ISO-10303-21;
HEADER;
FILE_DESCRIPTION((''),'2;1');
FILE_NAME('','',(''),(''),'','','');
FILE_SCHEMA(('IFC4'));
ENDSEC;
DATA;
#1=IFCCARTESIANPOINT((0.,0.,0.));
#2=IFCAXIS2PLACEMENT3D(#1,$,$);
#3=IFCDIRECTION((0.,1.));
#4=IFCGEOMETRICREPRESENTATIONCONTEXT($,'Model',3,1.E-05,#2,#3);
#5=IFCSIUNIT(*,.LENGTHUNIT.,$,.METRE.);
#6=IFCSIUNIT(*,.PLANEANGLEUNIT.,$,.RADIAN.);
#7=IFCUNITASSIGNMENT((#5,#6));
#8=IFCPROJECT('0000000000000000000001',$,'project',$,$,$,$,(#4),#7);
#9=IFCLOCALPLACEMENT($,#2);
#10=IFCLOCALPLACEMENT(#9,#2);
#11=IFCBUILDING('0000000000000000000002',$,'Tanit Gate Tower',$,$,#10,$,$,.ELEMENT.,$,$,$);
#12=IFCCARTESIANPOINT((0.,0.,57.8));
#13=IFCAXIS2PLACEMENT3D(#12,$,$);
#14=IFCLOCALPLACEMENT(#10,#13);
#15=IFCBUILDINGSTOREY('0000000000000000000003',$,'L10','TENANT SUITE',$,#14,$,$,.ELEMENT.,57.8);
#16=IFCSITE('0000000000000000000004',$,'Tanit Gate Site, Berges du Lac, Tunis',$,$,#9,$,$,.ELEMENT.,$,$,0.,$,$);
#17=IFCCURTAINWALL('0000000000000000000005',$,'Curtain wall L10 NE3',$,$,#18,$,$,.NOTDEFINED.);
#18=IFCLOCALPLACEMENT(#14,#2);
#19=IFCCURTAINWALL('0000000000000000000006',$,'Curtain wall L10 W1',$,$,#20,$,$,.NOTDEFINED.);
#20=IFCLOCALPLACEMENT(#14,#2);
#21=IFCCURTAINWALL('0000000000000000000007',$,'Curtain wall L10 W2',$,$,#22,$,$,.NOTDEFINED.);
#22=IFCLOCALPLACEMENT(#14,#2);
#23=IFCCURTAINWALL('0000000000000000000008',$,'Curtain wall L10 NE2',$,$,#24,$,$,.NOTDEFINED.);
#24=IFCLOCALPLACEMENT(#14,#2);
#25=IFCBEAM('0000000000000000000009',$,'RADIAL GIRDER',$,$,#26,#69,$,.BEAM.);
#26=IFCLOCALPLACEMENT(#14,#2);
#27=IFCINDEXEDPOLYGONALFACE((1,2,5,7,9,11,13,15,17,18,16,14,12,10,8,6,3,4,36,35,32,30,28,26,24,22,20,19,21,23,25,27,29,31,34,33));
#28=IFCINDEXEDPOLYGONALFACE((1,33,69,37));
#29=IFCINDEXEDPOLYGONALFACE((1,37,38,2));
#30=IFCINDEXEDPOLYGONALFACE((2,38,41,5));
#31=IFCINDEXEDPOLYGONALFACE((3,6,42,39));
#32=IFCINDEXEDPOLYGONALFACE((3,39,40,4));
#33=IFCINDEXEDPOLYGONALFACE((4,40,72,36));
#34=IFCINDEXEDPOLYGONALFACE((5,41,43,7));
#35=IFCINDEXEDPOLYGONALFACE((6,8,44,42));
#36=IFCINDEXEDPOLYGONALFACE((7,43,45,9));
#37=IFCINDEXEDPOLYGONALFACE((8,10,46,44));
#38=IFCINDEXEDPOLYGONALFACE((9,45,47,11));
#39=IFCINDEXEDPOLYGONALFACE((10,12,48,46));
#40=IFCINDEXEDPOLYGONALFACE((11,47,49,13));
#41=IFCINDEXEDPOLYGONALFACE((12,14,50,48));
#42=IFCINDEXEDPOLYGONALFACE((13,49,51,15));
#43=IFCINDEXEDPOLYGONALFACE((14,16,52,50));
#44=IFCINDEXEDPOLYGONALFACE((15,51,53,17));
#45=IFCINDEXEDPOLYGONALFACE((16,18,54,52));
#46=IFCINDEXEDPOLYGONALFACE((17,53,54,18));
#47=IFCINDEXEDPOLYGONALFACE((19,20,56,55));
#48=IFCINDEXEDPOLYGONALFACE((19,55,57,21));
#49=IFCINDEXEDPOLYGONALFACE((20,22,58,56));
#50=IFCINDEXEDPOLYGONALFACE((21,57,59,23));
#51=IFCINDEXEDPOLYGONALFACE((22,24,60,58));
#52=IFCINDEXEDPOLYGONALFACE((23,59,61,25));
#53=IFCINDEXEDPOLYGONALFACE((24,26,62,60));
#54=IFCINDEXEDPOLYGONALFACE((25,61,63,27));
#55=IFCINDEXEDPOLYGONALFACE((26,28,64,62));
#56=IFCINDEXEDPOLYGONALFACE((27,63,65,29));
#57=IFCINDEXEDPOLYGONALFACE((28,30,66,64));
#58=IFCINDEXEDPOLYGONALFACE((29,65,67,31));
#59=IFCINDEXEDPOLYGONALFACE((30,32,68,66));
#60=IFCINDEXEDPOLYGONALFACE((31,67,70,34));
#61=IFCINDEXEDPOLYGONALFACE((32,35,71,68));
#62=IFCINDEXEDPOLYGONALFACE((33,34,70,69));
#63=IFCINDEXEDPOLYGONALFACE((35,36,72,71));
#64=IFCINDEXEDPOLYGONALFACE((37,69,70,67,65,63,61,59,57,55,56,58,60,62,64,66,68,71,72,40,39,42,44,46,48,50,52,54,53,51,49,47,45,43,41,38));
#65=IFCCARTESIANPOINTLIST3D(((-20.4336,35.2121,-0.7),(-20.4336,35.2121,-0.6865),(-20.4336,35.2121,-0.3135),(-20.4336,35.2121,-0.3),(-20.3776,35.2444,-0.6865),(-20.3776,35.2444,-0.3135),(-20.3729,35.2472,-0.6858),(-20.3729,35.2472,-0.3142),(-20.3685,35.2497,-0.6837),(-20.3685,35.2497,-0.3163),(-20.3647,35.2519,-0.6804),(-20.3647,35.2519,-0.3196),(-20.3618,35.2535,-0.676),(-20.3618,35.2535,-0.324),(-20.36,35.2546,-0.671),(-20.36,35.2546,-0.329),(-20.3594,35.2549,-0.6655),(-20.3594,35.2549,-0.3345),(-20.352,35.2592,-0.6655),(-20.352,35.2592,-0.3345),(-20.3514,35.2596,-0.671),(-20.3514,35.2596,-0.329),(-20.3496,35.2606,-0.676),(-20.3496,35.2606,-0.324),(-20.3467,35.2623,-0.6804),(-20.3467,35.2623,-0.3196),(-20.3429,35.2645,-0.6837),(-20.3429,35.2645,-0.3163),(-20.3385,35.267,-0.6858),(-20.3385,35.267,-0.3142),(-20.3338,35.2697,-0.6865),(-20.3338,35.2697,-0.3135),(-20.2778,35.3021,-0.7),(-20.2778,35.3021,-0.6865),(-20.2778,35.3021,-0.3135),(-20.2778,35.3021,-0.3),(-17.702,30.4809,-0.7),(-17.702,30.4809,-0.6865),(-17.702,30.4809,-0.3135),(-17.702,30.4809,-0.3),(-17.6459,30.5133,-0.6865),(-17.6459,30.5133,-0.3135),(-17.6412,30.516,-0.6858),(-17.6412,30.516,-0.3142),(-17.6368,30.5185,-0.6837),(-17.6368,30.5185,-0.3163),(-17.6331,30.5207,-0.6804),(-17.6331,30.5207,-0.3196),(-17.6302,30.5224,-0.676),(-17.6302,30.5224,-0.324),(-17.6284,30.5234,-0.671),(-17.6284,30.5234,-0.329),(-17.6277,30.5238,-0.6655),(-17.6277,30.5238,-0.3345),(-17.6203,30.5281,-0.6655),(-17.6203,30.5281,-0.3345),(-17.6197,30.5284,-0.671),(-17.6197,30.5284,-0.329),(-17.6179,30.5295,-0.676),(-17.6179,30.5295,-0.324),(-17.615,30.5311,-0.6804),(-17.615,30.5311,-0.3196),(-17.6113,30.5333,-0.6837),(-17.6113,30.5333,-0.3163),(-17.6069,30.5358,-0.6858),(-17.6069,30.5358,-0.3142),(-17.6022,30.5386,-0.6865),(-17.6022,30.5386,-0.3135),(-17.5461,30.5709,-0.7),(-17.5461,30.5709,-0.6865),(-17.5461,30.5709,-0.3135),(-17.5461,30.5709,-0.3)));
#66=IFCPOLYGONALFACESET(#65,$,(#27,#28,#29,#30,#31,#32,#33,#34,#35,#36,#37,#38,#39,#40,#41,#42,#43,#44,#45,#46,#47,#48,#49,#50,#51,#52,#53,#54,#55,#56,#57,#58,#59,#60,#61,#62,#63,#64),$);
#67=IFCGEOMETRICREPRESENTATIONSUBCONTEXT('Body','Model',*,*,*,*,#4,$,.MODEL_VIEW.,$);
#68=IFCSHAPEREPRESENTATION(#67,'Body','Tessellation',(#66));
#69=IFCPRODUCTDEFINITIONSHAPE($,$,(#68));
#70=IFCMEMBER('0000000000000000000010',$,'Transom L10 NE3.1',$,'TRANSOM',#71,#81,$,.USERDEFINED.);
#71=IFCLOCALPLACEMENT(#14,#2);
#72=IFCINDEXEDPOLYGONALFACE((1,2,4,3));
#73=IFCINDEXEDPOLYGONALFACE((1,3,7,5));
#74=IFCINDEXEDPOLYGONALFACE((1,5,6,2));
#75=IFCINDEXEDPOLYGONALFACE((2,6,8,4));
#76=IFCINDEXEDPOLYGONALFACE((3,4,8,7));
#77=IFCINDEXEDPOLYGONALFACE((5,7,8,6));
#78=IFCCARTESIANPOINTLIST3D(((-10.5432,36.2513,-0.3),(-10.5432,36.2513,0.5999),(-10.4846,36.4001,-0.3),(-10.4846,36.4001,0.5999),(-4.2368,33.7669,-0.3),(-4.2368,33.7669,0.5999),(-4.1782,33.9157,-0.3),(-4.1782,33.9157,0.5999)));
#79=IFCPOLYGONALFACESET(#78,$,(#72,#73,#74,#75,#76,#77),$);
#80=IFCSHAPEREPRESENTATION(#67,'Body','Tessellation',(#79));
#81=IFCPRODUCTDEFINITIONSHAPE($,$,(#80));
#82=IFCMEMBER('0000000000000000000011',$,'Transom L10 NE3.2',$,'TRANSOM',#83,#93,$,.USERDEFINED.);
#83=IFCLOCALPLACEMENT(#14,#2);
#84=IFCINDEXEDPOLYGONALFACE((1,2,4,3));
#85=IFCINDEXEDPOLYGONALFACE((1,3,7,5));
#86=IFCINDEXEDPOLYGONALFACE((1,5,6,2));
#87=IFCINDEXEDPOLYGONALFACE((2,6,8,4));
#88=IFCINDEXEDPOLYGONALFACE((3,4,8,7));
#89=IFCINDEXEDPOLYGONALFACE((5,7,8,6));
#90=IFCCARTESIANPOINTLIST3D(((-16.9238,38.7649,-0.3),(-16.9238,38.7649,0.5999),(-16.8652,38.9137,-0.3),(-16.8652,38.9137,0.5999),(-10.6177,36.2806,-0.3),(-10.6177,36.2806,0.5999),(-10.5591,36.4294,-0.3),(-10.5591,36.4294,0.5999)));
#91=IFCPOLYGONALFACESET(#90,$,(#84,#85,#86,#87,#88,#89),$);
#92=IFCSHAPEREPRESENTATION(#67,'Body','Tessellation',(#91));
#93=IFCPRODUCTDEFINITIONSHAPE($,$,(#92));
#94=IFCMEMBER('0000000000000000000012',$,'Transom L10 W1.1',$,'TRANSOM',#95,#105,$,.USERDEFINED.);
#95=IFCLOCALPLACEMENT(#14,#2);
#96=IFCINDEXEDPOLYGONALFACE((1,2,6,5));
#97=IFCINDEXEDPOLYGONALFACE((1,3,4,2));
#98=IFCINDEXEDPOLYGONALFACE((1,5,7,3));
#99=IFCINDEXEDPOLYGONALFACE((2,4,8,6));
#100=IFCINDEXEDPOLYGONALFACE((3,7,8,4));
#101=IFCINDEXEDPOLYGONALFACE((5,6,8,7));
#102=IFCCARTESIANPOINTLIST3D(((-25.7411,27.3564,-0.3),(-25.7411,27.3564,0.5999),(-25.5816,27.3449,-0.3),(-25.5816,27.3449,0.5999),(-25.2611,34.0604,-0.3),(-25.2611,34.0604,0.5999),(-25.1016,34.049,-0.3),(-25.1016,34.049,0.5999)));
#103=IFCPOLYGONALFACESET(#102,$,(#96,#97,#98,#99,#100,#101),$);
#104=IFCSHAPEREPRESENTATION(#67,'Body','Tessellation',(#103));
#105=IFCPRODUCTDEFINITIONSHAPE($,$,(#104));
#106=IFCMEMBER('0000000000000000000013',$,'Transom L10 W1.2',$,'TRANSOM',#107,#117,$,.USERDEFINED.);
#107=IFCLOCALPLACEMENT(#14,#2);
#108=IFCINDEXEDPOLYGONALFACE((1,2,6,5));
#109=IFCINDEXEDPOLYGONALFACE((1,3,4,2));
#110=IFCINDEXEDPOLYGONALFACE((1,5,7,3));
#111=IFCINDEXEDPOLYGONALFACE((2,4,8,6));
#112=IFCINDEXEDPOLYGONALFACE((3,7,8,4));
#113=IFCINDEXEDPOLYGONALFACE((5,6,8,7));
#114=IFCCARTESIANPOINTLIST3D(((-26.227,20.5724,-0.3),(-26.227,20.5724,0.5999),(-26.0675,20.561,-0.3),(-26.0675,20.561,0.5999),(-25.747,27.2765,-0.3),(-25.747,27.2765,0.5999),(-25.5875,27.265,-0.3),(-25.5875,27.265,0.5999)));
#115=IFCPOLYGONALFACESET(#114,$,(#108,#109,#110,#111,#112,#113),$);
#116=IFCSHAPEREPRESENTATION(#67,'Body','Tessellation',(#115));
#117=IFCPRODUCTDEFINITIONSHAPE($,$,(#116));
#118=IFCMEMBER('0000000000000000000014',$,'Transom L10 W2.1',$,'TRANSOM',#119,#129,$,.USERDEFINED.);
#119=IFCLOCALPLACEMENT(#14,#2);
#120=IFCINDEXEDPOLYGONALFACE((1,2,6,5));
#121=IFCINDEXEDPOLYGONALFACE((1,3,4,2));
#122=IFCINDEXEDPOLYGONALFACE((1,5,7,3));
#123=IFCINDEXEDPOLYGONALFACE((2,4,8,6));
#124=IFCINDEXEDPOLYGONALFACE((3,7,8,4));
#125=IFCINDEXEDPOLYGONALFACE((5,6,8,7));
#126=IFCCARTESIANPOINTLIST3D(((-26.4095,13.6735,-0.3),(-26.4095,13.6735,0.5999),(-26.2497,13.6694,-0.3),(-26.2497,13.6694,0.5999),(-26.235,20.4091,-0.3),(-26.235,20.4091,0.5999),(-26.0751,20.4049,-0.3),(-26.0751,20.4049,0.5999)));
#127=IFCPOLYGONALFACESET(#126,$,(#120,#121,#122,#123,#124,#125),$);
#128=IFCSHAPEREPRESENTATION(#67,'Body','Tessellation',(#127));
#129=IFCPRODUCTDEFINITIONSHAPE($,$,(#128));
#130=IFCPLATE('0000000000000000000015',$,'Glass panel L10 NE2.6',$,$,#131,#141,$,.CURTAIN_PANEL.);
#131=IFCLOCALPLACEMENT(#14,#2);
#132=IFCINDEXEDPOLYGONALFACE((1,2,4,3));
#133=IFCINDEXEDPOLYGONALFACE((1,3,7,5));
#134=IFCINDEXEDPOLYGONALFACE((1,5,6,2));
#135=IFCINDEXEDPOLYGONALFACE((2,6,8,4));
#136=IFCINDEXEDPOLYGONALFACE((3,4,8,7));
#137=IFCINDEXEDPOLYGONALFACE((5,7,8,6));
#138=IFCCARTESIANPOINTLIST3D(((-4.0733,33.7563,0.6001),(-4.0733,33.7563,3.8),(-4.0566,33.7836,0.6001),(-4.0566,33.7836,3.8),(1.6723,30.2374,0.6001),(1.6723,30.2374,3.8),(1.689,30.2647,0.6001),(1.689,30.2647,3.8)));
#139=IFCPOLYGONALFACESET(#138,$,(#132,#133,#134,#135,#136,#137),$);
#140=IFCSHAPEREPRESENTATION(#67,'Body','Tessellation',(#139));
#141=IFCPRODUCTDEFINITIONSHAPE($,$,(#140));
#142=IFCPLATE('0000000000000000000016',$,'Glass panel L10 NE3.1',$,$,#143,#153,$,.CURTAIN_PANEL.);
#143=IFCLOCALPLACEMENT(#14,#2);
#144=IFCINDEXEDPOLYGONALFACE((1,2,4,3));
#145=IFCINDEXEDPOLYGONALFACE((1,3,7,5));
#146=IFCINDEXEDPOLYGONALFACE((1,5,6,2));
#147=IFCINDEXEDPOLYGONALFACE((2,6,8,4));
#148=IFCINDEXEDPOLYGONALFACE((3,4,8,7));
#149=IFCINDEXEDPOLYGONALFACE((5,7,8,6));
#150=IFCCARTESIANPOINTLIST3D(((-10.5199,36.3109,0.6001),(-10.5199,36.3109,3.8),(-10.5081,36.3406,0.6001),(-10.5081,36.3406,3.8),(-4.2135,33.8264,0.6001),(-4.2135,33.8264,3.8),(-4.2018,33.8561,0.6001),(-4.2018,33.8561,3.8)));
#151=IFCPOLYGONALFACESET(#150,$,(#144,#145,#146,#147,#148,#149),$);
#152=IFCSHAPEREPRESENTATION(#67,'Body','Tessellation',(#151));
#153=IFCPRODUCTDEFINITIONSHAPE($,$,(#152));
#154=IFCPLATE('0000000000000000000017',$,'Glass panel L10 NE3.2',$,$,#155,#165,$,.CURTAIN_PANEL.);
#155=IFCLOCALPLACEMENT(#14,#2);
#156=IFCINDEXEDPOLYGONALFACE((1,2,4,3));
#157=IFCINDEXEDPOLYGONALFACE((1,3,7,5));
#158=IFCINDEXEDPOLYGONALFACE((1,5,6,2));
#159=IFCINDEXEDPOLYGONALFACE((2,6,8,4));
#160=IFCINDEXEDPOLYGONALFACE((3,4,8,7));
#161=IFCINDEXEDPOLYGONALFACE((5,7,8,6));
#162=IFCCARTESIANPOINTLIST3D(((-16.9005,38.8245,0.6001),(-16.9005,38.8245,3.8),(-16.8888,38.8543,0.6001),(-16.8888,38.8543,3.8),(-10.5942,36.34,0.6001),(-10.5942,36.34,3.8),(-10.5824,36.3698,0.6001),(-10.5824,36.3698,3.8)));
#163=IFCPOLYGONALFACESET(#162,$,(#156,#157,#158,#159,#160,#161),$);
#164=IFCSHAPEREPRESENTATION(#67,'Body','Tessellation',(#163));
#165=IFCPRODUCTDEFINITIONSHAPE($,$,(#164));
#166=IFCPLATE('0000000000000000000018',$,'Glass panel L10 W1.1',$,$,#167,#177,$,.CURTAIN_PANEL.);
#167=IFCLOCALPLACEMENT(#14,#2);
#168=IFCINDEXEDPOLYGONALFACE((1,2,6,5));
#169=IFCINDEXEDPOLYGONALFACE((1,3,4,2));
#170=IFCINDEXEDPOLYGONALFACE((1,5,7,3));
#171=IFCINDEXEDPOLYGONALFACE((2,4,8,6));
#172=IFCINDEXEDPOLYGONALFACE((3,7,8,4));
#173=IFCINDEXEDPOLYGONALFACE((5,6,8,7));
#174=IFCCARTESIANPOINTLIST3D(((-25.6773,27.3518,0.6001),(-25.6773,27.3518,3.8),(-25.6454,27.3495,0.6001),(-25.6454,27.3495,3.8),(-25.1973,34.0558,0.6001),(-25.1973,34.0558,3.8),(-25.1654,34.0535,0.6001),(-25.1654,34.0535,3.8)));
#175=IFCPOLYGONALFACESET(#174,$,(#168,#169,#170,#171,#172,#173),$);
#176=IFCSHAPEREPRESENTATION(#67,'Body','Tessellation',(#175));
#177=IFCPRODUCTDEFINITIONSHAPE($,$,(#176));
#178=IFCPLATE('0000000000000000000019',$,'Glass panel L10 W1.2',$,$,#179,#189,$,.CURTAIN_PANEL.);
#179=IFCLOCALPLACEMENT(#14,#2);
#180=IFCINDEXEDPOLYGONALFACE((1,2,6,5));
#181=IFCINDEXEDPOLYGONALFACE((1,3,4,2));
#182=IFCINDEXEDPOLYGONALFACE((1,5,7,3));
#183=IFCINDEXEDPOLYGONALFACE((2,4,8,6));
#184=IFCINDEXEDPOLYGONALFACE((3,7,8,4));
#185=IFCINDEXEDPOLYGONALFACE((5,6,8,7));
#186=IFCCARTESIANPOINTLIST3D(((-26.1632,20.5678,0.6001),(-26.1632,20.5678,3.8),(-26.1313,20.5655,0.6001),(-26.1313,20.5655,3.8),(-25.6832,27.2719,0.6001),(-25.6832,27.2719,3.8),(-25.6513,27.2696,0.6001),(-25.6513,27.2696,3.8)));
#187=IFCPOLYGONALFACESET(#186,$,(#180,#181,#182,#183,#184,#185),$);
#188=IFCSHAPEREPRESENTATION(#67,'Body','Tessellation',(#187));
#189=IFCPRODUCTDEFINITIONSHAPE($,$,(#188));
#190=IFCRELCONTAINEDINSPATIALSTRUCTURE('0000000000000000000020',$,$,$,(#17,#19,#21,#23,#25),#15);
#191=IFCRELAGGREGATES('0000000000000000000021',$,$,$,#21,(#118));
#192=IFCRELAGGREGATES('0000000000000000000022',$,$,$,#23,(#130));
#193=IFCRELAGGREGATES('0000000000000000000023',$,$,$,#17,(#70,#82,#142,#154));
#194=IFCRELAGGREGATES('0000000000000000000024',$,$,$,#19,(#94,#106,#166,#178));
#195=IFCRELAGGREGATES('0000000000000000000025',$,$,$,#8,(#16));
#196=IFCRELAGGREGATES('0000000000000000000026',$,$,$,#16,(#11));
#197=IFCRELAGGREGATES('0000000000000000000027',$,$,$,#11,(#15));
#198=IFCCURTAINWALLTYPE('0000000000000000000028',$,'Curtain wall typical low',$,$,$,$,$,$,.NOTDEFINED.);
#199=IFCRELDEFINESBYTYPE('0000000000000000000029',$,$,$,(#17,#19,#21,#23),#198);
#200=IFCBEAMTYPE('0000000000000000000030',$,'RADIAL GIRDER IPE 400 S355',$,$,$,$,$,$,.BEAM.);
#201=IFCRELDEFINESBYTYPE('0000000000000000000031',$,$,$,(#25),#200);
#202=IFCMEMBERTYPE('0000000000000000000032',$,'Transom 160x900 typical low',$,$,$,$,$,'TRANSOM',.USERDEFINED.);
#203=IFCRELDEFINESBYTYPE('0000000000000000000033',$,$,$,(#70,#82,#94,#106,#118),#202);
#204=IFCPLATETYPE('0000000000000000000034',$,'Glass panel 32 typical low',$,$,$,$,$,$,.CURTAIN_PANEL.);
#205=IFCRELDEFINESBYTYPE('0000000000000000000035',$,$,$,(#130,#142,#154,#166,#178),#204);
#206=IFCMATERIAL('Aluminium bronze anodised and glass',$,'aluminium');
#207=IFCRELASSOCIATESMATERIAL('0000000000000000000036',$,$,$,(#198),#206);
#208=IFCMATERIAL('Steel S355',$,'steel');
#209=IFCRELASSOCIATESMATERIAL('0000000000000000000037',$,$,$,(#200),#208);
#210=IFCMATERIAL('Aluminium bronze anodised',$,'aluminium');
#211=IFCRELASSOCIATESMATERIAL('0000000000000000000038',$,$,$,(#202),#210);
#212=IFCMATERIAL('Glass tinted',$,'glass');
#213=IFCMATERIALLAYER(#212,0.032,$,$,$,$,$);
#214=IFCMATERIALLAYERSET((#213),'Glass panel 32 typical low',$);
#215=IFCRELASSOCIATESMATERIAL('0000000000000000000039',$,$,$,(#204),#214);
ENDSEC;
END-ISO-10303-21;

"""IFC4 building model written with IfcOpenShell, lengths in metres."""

from ifc_helpers import new_model, si_unit, direction, frame, origin, origin_2d, place, context, subcontext, project, spatial, rectangle, i_section, extrude, material, layer, layer_set, material_profile, profile_set, type_object, element, aggregate, save


model = new_model("IFC4")

# Units and contexts
model_context = context("Model", 3, precision=1e-05, world=origin(), true_north=direction((0.0, 1.0)))
body_context = subcontext(model_context, "Body", "Model", "MODEL_VIEW")
ifc_project = project(units=[si_unit("LENGTHUNIT", "METRE"), si_unit("PLANEANGLEUNIT", "RADIAN")], contexts=[model_context])

# Site, building, storey
site_placement = place(None, origin())
site = spatial("IfcSite", under=ifc_project, at=site_placement, Name="Tanit Gate Site, Berges du Lac, Tunis", CompositionType="ELEMENT", RefElevation=0.0)
building_placement = place(site_placement, origin())
building = spatial("IfcBuilding", under=site, at=building_placement, Name="Tanit Gate Tower", CompositionType="ELEMENT")
storey_placement = place(building_placement, frame((0.0, 0.0, 57.8)))
storey = spatial("IfcBuildingStorey", under=building, at=storey_placement, Name="L10", Description="TENANT SUITE", CompositionType="ELEMENT", Elevation=57.8)

# Curtain wall
ifc_material_1 = material(Name="Aluminium bronze anodised and glass", Category="aluminium")
curtain_wall_type = type_object("IfcCurtainWallType", Name="Curtain wall typical low", PredefinedType="NOTDEFINED", material=ifc_material_1)
curtain_wall_1_placement = place(storey_placement, origin())
curtain_wall_1 = element("IfcCurtainWall", 1, at=curtain_wall_1_placement, inside=storey, type_object=curtain_wall_type, Name="Curtain wall L10 NE3", PredefinedType="NOTDEFINED")

# Curtain walls
curtain_wall_2_placement = place(storey_placement, origin())
curtain_wall_2 = element("IfcCurtainWall", 2, at=curtain_wall_2_placement, inside=storey, type_object=curtain_wall_type, Name="Curtain wall L10 W1", PredefinedType="NOTDEFINED")
curtain_wall_3_placement = place(storey_placement, origin())
curtain_wall_3 = element("IfcCurtainWall", 3, at=curtain_wall_3_placement, inside=storey, type_object=curtain_wall_type, Name="Curtain wall L10 W2", PredefinedType="NOTDEFINED")
curtain_wall_4_placement = place(storey_placement, origin())
curtain_wall_4 = element("IfcCurtainWall", 4, at=curtain_wall_4_placement, inside=storey, type_object=curtain_wall_type, Name="Curtain wall L10 NE2", PredefinedType="NOTDEFINED")

# Beam
ifc_material_2 = material(Name="Steel S355", Category="steel")
ifc_material_profile_1 = material_profile(ifc_material_2, i_section(OverallWidth=0.1799, OverallDepth=0.3999, WebThickness=0.0085, FlangeThickness=0.0134, FilletRadius=0.021, at=origin_2d()), Name="IPE 400")
ifc_profile_set_1 = profile_set([ifc_material_profile_1], Name="Steel S355")
beam_type_1 = type_object("IfcBeamType", Name="RADIAL GIRDER IPE 400 S355", PredefinedType="BEAM", material=ifc_profile_set_1)
beam_1_placement = place(storey_placement, frame((-20.3557, 35.2571, -0.5), z_axis=(0.500018, -0.866015, 0.0), x_axis=(0.866015, 0.500018, 0.0)))
element("IfcBeam", 5, at=beam_1_placement, inside=storey, type_object=beam_type_1, Name="RADIAL GIRDER", PredefinedType="BEAM", context=body_context, shape_type="SweptSolid", body=[
    extrude(i_section(OverallWidth=0.1799, OverallDepth=0.3999, WebThickness=0.0085, FlangeThickness=0.0134, FilletRadius=0.021, at=origin_2d()), origin(), (0.0, 0.0, 1.0), 5.4631),
])

# Members
ifc_material_3 = material(Name="Aluminium bronze anodised", Category="aluminium")
ifc_material_profile_2 = material_profile(ifc_material_3, rectangle(XDim=0.1599, YDim=0.8999, at=origin_2d()), Name="160x900 bronze transom")
ifc_profile_set_2 = profile_set([ifc_material_profile_2], Name="Aluminium bronze anodised")
member_type_1 = type_object("IfcMemberType", Name="Transom 160x900 typical low", ElementType="TRANSOM", PredefinedType="USERDEFINED", material=ifc_profile_set_2)
member_1_placement = place(storey_placement, frame((-4.2075, 33.8413, 0.1499), z_axis=(-0.930407, 0.366529, 0.0), x_axis=(-0.366529, -0.930407, 0.0)))
member_1 = element("IfcMember", 6, at=member_1_placement, type_object=member_type_1, Name="Transom L10 NE3.1", ObjectType="TRANSOM", PredefinedType="USERDEFINED", context=body_context, shape_type="SweptSolid", body=[
    extrude(rectangle(XDim=0.1599, YDim=0.8999, at=origin_2d()), origin(), (0.0, 0.0, 1.0), 6.7781),
])
member_2_placement = place(storey_placement, frame((-10.5884, 36.355, 0.1499), z_axis=(-0.930402, 0.366542, 0.0), x_axis=(-0.366542, -0.930402, 0.0)))
member_2 = element("IfcMember", 7, at=member_2_placement, type_object=member_type_1, Name="Transom L10 NE3.2", ObjectType="TRANSOM", PredefinedType="USERDEFINED", context=body_context, shape_type="SweptSolid", body=[
    extrude(rectangle(XDim=0.1599, YDim=0.8999, at=origin_2d()), origin(), (0.0, 0.0, 1.0), 6.7778),
])
member_3_placement = place(storey_placement, frame((-25.1814, 34.0547, 0.1499), z_axis=(-0.071412, -0.997447, 0.0), x_axis=(0.997447, -0.071412, 0.0)))
member_3 = element("IfcMember", 8, at=member_3_placement, type_object=member_type_1, Name="Transom L10 W1.1", ObjectType="TRANSOM", PredefinedType="USERDEFINED", context=body_context, shape_type="SweptSolid", body=[
    extrude(rectangle(XDim=0.1599, YDim=0.8999, at=origin_2d()), origin(), (0.0, 0.0, 1.0), 6.7212),
])
member_4_placement = place(storey_placement, frame((-25.6672, 27.2708, 0.1499), z_axis=(-0.071412, -0.997447, 0.0), x_axis=(0.997447, -0.071412, 0.0)))
member_4 = element("IfcMember", 9, at=member_4_placement, type_object=member_type_1, Name="Transom L10 W1.2", ObjectType="TRANSOM", PredefinedType="USERDEFINED", context=body_context, shape_type="SweptSolid", body=[
    extrude(rectangle(XDim=0.1599, YDim=0.8999, at=origin_2d()), origin(), (0.0, 0.0, 1.0), 6.7212),
])
member_5_placement = place(storey_placement, frame((-26.155, 20.407, 0.1499), z_axis=(-0.025907, -0.999664, 0.0), x_axis=(0.999664, -0.025907, 0.0)))
member_5 = element("IfcMember", 10, at=member_5_placement, type_object=member_type_1, Name="Transom L10 W2.1", ObjectType="TRANSOM", PredefinedType="USERDEFINED", context=body_context, shape_type="SweptSolid", body=[
    extrude(rectangle(XDim=0.1599, YDim=0.8999, at=origin_2d()), origin(), (0.0, 0.0, 1.0), 6.7378),
])
aggregate(curtain_wall_3, [member_5])

# Plates
ifc_material_4 = material(Name="Glass tinted", Category="glass")
ifc_layer_1 = layer(ifc_material_4, 0.032)
ifc_layer_set_1 = layer_set([ifc_layer_1], Name="Glass panel 32 typical low")
plate_type = type_object("IfcPlateType", Name="Glass panel 32 typical low", PredefinedType="CURTAIN_PANEL", material=ifc_layer_set_1)
plate_1_placement = place(storey_placement, frame((-1.1921, 32.0105, 0.6001), z_axis=(0.0, 0.0, 1.0), x_axis=(-0.852772, 0.522283, 0.0)))
plate_1 = element("IfcPlate", 11, at=plate_1_placement, type_object=plate_type, Name="Glass panel L10 NE2.6", PredefinedType="CURTAIN_PANEL", context=body_context, shape_type="SweptSolid", body=[
    extrude(rectangle(XDim=6.7375, YDim=0.032, at=origin_2d()), origin(), (0.0, 0.0, 1.0), 3.2),
])
aggregate(curtain_wall_4, [plate_1])
plate_2_placement = place(storey_placement, frame((-7.3608, 35.0835, 0.6001), z_axis=(0.0, 0.0, 1.0), x_axis=(-0.930399, 0.366548, 0.0)))
plate_2 = element("IfcPlate", 12, at=plate_2_placement, type_object=plate_type, Name="Glass panel L10 NE3.1", PredefinedType="CURTAIN_PANEL", context=body_context, shape_type="SweptSolid", body=[
    extrude(rectangle(XDim=6.7781, YDim=0.032, at=origin_2d()), origin(), (0.0, 0.0, 1.0), 3.2),
])
plate_3_placement = place(storey_placement, frame((-13.7415, 37.5972, 0.6001), z_axis=(0.0, 0.0, 1.0), x_axis=(-0.930399, 0.366548, 0.0)))
plate_3 = element("IfcPlate", 13, at=plate_3_placement, type_object=plate_type, Name="Glass panel L10 NE3.2", PredefinedType="CURTAIN_PANEL", context=body_context, shape_type="SweptSolid", body=[
    extrude(rectangle(XDim=6.7781, YDim=0.032, at=origin_2d()), origin(), (0.0, 0.0, 1.0), 3.2),
])
aggregate(curtain_wall_1, [member_1, member_2, plate_2, plate_3])
plate_4_placement = place(storey_placement, frame((-25.4214, 30.7026, 0.6001), z_axis=(0.0, 0.0, 1.0), x_axis=(-0.071419, -0.997446, 0.0)))
plate_4 = element("IfcPlate", 14, at=plate_4_placement, type_object=plate_type, Name="Glass panel L10 W1.1", PredefinedType="CURTAIN_PANEL", context=body_context, shape_type="SweptSolid", body=[
    extrude(rectangle(XDim=6.7212, YDim=0.032, at=origin_2d()), origin(), (0.0, 0.0, 1.0), 3.2),
])
plate_5_placement = place(storey_placement, frame((-25.9072, 23.9187, 0.6001), z_axis=(0.0, 0.0, 1.0), x_axis=(-0.071419, -0.997446, 0.0)))
plate_5 = element("IfcPlate", 15, at=plate_5_placement, type_object=plate_type, Name="Glass panel L10 W1.2", PredefinedType="CURTAIN_PANEL", context=body_context, shape_type="SweptSolid", body=[
    extrude(rectangle(XDim=6.7212, YDim=0.032, at=origin_2d()), origin(), (0.0, 0.0, 1.0), 3.2),
])
aggregate(curtain_wall_2, [member_3, member_4, plate_4, plate_5])

save(model, "model.ifc")
